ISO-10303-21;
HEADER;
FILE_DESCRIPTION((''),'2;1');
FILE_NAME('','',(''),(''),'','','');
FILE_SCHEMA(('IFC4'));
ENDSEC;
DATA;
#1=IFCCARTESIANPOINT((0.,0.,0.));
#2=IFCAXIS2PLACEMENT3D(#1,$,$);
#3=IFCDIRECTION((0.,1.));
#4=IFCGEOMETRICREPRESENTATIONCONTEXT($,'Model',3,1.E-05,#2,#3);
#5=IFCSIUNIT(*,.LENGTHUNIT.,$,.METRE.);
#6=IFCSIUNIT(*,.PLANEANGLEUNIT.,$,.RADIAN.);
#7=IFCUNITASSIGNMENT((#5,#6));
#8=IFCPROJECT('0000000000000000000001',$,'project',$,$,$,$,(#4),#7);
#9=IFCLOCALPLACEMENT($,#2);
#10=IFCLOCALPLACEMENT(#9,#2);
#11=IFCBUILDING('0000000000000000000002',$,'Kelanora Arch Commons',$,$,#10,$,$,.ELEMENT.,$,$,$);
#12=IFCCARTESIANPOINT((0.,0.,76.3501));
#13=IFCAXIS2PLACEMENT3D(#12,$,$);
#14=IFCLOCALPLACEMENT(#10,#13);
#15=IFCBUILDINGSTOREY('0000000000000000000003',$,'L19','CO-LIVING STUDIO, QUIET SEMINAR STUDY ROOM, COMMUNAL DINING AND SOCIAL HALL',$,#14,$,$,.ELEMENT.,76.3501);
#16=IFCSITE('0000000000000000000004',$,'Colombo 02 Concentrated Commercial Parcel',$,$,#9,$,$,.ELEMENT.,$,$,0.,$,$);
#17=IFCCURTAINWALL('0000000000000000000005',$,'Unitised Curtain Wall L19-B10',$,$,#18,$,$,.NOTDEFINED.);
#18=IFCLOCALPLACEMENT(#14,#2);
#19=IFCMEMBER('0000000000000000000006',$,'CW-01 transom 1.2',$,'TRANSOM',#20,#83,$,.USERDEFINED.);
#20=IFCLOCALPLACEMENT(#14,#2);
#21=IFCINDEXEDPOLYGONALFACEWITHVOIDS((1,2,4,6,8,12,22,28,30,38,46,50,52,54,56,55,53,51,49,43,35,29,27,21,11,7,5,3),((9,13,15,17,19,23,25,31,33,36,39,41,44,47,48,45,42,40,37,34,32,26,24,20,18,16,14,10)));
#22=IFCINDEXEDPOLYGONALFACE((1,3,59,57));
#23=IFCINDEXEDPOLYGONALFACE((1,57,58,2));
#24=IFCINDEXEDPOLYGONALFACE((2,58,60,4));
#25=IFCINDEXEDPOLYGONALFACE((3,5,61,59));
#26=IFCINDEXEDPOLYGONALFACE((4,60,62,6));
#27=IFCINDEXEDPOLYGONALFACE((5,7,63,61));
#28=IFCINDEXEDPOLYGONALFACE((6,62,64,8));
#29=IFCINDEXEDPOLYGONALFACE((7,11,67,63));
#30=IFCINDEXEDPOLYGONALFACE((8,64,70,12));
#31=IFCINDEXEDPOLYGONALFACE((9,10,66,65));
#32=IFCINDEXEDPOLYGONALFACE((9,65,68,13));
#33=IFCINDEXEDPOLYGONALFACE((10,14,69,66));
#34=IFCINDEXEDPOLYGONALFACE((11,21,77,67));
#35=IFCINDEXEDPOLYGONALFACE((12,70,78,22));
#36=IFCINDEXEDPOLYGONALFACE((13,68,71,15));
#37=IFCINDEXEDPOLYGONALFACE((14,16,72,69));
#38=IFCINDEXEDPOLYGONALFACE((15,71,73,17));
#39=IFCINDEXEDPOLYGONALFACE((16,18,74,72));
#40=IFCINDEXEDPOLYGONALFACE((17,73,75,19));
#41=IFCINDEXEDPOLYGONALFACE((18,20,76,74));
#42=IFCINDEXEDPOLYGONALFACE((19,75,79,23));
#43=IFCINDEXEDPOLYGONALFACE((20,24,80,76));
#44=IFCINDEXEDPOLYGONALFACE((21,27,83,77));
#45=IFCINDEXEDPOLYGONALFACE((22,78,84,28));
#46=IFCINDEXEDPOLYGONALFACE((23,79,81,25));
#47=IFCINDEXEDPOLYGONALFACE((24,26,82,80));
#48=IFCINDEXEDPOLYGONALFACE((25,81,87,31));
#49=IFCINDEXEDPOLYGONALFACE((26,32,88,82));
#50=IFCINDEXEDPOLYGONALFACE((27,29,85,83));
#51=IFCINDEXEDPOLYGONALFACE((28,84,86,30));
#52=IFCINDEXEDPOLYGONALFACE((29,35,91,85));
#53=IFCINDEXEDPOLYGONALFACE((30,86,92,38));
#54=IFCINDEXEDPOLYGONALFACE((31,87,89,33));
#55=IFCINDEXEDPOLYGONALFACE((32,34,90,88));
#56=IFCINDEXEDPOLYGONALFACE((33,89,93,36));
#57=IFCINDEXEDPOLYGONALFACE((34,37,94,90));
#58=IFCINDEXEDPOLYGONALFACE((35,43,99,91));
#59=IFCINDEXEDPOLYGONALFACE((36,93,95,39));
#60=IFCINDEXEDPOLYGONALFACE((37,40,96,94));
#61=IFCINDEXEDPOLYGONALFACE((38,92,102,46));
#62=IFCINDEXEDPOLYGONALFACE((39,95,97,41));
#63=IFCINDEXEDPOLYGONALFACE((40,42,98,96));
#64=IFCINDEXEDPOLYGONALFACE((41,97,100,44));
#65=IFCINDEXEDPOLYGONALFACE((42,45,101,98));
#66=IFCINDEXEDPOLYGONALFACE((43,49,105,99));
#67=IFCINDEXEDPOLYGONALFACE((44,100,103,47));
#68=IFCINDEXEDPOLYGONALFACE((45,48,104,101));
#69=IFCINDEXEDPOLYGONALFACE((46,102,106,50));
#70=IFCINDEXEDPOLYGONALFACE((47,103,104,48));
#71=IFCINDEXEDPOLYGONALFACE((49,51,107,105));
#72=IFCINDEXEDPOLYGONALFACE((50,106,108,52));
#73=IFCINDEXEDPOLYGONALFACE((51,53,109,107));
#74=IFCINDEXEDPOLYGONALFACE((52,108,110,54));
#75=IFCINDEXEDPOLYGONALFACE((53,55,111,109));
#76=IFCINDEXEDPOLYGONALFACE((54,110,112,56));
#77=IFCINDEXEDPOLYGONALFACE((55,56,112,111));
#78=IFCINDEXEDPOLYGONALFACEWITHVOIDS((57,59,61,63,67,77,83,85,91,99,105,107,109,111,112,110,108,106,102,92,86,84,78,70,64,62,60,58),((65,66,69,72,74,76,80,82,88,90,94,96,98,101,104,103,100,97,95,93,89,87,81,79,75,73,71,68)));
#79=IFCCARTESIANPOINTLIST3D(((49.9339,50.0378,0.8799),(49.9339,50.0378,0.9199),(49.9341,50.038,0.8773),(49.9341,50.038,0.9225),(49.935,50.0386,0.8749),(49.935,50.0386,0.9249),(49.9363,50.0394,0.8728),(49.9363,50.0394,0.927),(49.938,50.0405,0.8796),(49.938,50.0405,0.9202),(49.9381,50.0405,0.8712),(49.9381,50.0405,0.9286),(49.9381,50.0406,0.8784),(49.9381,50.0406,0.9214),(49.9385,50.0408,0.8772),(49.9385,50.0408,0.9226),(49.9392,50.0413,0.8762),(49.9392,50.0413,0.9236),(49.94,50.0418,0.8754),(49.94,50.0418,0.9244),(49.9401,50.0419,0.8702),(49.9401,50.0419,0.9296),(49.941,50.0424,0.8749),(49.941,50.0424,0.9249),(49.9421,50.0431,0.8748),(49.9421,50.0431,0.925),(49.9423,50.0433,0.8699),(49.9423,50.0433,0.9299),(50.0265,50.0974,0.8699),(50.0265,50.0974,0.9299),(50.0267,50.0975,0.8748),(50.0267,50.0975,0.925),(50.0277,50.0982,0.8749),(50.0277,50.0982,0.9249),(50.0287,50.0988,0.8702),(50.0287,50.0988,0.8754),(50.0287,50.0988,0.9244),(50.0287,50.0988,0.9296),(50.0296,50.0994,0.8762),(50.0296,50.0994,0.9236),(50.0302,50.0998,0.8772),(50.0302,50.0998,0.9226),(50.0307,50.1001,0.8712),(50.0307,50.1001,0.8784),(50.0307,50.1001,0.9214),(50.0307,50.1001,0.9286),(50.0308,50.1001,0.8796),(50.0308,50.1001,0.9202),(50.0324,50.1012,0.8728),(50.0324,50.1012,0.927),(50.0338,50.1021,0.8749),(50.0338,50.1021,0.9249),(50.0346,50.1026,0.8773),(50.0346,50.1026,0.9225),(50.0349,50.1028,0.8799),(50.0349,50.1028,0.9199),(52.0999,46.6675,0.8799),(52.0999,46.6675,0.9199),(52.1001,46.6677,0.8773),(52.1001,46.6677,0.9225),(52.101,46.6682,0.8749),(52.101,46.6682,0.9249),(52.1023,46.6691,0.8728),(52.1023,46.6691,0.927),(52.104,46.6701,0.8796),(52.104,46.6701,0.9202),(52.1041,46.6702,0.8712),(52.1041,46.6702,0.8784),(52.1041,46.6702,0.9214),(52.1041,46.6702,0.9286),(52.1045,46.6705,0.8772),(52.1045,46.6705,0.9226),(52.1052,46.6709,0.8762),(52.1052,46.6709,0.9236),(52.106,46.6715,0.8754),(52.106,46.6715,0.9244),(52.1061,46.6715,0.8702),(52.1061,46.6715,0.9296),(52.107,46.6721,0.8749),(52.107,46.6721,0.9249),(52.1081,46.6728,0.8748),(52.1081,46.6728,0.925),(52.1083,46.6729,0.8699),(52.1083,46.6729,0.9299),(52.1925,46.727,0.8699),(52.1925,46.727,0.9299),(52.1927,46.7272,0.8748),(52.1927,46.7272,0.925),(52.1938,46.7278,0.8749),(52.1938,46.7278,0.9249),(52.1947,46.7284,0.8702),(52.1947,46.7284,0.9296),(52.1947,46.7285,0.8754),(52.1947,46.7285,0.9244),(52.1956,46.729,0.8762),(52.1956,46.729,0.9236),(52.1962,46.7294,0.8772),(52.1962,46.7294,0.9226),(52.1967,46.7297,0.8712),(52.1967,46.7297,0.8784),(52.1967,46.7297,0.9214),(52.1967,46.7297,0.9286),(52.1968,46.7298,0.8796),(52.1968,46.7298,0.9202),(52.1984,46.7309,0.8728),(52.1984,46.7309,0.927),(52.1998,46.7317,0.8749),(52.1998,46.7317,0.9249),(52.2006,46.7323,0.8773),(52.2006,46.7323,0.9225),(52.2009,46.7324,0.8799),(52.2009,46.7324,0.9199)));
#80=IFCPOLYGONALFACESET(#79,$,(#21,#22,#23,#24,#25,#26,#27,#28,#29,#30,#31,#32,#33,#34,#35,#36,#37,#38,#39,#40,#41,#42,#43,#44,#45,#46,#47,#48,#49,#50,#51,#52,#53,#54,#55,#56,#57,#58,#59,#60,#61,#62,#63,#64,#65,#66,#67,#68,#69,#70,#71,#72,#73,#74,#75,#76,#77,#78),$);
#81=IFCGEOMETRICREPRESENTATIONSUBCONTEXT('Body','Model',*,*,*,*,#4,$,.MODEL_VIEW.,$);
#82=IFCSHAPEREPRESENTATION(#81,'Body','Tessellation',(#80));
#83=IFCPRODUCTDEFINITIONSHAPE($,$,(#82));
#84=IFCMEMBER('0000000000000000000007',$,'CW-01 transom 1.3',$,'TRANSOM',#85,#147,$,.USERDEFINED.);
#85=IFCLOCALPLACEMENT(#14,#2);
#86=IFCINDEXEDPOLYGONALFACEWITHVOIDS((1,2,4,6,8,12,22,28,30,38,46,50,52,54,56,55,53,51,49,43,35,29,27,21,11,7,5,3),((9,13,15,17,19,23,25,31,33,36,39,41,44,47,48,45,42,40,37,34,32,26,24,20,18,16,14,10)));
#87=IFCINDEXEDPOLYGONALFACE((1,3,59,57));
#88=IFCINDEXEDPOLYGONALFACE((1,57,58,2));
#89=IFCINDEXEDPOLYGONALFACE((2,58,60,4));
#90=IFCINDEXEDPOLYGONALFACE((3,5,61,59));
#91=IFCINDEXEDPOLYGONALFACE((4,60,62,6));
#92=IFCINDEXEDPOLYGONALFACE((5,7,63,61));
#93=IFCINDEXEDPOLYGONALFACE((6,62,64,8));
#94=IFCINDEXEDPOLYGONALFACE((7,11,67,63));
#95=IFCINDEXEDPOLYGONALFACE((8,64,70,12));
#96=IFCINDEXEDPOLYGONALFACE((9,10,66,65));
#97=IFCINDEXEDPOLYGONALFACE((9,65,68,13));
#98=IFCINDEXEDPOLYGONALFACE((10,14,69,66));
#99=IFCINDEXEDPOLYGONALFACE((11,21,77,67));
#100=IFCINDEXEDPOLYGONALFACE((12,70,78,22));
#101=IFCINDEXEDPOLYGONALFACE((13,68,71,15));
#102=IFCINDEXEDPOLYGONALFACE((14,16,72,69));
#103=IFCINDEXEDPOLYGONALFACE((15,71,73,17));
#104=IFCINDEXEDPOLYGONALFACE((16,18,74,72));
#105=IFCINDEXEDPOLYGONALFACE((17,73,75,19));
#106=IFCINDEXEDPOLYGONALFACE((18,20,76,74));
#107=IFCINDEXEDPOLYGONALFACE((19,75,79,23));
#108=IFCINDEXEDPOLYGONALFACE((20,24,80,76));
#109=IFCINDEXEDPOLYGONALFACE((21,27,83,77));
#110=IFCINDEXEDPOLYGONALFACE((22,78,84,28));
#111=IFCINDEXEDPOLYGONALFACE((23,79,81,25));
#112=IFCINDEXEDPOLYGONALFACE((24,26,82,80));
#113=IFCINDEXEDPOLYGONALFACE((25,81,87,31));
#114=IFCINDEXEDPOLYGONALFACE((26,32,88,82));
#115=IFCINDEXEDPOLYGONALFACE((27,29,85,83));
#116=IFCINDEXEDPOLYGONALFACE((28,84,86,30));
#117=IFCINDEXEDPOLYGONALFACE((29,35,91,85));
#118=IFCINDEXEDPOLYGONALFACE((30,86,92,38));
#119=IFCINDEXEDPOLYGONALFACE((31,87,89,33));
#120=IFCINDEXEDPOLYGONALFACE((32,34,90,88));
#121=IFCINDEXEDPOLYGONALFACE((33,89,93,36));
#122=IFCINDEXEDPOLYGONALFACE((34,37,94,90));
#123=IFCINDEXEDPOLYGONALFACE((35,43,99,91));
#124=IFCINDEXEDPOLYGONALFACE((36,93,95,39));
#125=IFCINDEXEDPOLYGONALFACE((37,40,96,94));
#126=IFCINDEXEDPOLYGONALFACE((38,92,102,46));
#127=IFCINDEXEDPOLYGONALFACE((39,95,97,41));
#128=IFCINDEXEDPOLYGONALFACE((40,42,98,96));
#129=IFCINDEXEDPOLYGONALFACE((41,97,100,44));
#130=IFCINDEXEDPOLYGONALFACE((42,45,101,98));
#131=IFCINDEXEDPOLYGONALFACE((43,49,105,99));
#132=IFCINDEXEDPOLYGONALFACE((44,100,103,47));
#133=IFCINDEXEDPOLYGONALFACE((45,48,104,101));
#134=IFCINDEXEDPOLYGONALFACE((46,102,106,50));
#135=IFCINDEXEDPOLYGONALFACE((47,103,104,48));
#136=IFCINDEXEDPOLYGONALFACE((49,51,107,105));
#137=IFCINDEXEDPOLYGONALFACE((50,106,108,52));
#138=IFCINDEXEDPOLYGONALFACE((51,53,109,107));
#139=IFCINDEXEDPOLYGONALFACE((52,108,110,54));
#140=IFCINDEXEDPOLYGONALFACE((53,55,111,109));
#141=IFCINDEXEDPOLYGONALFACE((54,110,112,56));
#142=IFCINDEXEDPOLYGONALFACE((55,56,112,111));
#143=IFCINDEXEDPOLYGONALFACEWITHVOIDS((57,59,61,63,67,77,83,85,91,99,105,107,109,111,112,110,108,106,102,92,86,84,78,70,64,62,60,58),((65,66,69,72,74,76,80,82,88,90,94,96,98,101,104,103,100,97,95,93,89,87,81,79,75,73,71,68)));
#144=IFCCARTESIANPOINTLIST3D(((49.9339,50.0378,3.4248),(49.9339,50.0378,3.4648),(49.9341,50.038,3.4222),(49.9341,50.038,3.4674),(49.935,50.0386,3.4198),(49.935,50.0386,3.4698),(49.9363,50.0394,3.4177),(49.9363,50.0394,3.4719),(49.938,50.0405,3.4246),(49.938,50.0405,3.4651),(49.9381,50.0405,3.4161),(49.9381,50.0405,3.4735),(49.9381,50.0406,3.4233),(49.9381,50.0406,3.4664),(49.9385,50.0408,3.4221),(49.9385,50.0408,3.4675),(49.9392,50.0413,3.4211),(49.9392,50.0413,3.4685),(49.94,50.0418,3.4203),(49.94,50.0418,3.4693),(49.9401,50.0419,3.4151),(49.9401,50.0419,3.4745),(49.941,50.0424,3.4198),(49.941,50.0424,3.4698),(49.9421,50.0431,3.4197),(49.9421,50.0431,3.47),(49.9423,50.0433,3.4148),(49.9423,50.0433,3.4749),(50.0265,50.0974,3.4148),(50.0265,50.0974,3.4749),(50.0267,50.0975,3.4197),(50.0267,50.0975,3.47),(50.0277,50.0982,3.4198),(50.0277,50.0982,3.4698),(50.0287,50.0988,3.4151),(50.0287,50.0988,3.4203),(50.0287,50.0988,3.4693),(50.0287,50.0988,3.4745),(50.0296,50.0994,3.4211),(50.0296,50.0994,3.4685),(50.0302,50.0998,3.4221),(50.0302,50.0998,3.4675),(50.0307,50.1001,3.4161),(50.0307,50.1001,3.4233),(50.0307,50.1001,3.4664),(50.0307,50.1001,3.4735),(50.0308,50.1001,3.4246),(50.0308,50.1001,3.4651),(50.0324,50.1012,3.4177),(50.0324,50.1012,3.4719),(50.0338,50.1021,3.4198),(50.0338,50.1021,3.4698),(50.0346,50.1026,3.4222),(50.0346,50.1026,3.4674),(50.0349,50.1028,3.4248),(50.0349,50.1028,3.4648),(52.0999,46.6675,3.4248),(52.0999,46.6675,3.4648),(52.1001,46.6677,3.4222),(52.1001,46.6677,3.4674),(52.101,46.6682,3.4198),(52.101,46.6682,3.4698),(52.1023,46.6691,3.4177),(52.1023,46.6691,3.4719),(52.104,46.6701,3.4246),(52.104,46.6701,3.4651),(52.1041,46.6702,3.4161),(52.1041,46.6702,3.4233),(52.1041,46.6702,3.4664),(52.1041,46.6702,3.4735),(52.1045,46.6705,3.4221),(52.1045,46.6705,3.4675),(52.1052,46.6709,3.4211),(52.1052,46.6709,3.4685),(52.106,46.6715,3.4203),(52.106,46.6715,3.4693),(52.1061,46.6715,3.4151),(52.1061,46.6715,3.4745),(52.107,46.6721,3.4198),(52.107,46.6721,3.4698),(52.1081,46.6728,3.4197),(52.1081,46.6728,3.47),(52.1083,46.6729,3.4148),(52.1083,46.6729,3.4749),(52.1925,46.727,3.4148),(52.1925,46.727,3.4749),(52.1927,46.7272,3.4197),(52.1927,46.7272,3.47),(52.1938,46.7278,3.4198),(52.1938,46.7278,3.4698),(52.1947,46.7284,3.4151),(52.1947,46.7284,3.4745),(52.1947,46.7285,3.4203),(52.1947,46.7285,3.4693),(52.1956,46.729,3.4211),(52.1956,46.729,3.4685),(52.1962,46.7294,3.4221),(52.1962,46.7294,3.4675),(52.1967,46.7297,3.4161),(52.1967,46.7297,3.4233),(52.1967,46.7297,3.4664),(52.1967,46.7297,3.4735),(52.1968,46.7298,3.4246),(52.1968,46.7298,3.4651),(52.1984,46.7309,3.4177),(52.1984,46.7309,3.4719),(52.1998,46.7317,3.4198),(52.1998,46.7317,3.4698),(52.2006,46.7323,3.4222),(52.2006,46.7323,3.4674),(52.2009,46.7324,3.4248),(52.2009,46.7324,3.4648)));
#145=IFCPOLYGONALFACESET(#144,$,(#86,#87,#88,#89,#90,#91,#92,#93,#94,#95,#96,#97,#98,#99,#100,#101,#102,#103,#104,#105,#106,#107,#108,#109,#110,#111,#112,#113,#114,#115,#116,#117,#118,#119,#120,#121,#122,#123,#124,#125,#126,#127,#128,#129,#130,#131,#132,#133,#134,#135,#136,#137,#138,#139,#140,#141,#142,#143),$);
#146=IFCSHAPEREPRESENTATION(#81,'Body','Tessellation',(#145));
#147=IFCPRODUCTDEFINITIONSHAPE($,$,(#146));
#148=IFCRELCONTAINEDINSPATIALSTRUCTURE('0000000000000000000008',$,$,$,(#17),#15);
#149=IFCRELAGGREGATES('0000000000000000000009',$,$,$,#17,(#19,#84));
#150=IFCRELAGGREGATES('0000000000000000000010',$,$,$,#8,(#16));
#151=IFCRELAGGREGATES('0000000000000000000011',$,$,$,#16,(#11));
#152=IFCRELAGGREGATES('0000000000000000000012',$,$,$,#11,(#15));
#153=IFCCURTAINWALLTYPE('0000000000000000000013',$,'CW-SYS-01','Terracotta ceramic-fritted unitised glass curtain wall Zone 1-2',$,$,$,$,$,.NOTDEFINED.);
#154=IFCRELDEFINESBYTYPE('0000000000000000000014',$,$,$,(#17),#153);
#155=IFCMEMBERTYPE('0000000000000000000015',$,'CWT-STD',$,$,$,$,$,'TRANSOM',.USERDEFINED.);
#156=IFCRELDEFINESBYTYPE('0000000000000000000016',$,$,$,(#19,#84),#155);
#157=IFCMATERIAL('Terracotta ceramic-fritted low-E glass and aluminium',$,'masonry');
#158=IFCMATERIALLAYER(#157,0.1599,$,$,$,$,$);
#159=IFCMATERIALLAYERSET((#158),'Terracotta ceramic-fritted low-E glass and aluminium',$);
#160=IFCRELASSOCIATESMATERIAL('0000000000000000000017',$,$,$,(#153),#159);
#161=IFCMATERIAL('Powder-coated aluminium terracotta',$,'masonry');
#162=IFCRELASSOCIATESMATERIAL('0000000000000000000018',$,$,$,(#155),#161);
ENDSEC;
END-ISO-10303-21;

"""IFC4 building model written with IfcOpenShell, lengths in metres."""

from ifc_helpers import new_model, si_unit, direction, frame, origin, origin_2d, place, context, subcontext, project, spatial, hollow_rectangle, extrude, material, layer, layer_set, material_profile, profile_set, type_object, element, aggregate, save


model = new_model("IFC4")

# Units and contexts
model_context = context("Model", 3, precision=1e-05, world=origin(), true_north=direction((0.0, 1.0)))
body_context = subcontext(model_context, "Body", "Model", "MODEL_VIEW")
ifc_project = project(units=[si_unit("LENGTHUNIT", "METRE"), si_unit("PLANEANGLEUNIT", "RADIAN")], contexts=[model_context])

# Site, building, storey
site_placement = place(None, origin())
site = spatial("IfcSite", under=ifc_project, at=site_placement, Name="Colombo 02 Concentrated Commercial Parcel", CompositionType="ELEMENT", RefElevation=0.0)
building_placement = place(site_placement, origin())
building = spatial("IfcBuilding", under=site, at=building_placement, Name="Kelanora Arch Commons", CompositionType="ELEMENT")
storey_placement = place(building_placement, frame((0.0, 0.0, 76.3501)))
storey = spatial("IfcBuildingStorey", under=building, at=storey_placement, Name="L19", Description="CO-LIVING STUDIO, QUIET SEMINAR STUDY ROOM, COMMUNAL DINING AND SOCIAL HALL", CompositionType="ELEMENT", Elevation=76.3501)

# Curtain wall, members
ifc_material_1 = material(Name="Terracotta ceramic-fritted low-E glass and aluminium", Category="masonry")
ifc_layer_1 = layer(ifc_material_1, 0.1599)
ifc_layer_set_1 = layer_set([ifc_layer_1], Name="Terracotta ceramic-fritted low-E glass and aluminium")
curtain_wall_type = type_object("IfcCurtainWallType", Name="CW-SYS-01", Description="Terracotta ceramic-fritted unitised glass curtain wall Zone 1-2", PredefinedType="NOTDEFINED", material=ifc_layer_set_1)
curtain_wall_placement = place(storey_placement, origin())
curtain_wall = element("IfcCurtainWall", 1, at=curtain_wall_placement, inside=storey, type_object=curtain_wall_type, Name="Unitised Curtain Wall L19-B10", PredefinedType="NOTDEFINED")
ifc_material_2 = material(Name="Powder-coated aluminium terracotta", Category="masonry")
ifc_material_profile_1 = material_profile(ifc_material_2, hollow_rectangle(XDim=0.1201, YDim=0.0601, WallThickness=0.0049, InnerFilletRadius=0.0049, OuterFilletRadius=0.01, at=origin_2d()), Name="CWT120x60")
ifc_profile_set_1 = profile_set([ifc_material_profile_1], Name="Powder-coated aluminium terracotta")
member_type_1 = type_object("IfcMemberType", Name="CWT-STD", ElementType="TRANSOM", PredefinedType="USERDEFINED", material=ifc_profile_set_1)
member_1_placement = place(storey_placement, frame((49.9844, 50.0703, 0.8999), z_axis=(0.540644, -0.841252, 0.0), x_axis=(0.841252, 0.540644, 0.0)))
member_1 = element("IfcMember", 2, at=member_1_placement, type_object=member_type_1, Name="CW-01 transom 1.2", ObjectType="TRANSOM", PredefinedType="USERDEFINED", context=body_context, shape_type="SweptSolid", body=[
    extrude(hollow_rectangle(XDim=0.1201, YDim=0.0601, WallThickness=0.0049, InnerFilletRadius=0.0049, OuterFilletRadius=0.01, at=origin_2d()), origin(), (0.0, 0.0, 1.0), 4.0063),
])
member_2_placement = place(storey_placement, frame((49.9844, 50.0703, 3.4448), z_axis=(0.540644, -0.841252, 0.0), x_axis=(0.841252, 0.540644, 0.0)))
member_2 = element("IfcMember", 3, at=member_2_placement, type_object=member_type_1, Name="CW-01 transom 1.3", ObjectType="TRANSOM", PredefinedType="USERDEFINED", context=body_context, shape_type="SweptSolid", body=[
    extrude(hollow_rectangle(XDim=0.1201, YDim=0.0601, WallThickness=0.0049, InnerFilletRadius=0.0049, OuterFilletRadius=0.01, at=origin_2d()), origin(), (0.0, 0.0, 1.0), 4.0063),
])

aggregate(curtain_wall, [member_1, member_2])

save(model, "model.ifc")
